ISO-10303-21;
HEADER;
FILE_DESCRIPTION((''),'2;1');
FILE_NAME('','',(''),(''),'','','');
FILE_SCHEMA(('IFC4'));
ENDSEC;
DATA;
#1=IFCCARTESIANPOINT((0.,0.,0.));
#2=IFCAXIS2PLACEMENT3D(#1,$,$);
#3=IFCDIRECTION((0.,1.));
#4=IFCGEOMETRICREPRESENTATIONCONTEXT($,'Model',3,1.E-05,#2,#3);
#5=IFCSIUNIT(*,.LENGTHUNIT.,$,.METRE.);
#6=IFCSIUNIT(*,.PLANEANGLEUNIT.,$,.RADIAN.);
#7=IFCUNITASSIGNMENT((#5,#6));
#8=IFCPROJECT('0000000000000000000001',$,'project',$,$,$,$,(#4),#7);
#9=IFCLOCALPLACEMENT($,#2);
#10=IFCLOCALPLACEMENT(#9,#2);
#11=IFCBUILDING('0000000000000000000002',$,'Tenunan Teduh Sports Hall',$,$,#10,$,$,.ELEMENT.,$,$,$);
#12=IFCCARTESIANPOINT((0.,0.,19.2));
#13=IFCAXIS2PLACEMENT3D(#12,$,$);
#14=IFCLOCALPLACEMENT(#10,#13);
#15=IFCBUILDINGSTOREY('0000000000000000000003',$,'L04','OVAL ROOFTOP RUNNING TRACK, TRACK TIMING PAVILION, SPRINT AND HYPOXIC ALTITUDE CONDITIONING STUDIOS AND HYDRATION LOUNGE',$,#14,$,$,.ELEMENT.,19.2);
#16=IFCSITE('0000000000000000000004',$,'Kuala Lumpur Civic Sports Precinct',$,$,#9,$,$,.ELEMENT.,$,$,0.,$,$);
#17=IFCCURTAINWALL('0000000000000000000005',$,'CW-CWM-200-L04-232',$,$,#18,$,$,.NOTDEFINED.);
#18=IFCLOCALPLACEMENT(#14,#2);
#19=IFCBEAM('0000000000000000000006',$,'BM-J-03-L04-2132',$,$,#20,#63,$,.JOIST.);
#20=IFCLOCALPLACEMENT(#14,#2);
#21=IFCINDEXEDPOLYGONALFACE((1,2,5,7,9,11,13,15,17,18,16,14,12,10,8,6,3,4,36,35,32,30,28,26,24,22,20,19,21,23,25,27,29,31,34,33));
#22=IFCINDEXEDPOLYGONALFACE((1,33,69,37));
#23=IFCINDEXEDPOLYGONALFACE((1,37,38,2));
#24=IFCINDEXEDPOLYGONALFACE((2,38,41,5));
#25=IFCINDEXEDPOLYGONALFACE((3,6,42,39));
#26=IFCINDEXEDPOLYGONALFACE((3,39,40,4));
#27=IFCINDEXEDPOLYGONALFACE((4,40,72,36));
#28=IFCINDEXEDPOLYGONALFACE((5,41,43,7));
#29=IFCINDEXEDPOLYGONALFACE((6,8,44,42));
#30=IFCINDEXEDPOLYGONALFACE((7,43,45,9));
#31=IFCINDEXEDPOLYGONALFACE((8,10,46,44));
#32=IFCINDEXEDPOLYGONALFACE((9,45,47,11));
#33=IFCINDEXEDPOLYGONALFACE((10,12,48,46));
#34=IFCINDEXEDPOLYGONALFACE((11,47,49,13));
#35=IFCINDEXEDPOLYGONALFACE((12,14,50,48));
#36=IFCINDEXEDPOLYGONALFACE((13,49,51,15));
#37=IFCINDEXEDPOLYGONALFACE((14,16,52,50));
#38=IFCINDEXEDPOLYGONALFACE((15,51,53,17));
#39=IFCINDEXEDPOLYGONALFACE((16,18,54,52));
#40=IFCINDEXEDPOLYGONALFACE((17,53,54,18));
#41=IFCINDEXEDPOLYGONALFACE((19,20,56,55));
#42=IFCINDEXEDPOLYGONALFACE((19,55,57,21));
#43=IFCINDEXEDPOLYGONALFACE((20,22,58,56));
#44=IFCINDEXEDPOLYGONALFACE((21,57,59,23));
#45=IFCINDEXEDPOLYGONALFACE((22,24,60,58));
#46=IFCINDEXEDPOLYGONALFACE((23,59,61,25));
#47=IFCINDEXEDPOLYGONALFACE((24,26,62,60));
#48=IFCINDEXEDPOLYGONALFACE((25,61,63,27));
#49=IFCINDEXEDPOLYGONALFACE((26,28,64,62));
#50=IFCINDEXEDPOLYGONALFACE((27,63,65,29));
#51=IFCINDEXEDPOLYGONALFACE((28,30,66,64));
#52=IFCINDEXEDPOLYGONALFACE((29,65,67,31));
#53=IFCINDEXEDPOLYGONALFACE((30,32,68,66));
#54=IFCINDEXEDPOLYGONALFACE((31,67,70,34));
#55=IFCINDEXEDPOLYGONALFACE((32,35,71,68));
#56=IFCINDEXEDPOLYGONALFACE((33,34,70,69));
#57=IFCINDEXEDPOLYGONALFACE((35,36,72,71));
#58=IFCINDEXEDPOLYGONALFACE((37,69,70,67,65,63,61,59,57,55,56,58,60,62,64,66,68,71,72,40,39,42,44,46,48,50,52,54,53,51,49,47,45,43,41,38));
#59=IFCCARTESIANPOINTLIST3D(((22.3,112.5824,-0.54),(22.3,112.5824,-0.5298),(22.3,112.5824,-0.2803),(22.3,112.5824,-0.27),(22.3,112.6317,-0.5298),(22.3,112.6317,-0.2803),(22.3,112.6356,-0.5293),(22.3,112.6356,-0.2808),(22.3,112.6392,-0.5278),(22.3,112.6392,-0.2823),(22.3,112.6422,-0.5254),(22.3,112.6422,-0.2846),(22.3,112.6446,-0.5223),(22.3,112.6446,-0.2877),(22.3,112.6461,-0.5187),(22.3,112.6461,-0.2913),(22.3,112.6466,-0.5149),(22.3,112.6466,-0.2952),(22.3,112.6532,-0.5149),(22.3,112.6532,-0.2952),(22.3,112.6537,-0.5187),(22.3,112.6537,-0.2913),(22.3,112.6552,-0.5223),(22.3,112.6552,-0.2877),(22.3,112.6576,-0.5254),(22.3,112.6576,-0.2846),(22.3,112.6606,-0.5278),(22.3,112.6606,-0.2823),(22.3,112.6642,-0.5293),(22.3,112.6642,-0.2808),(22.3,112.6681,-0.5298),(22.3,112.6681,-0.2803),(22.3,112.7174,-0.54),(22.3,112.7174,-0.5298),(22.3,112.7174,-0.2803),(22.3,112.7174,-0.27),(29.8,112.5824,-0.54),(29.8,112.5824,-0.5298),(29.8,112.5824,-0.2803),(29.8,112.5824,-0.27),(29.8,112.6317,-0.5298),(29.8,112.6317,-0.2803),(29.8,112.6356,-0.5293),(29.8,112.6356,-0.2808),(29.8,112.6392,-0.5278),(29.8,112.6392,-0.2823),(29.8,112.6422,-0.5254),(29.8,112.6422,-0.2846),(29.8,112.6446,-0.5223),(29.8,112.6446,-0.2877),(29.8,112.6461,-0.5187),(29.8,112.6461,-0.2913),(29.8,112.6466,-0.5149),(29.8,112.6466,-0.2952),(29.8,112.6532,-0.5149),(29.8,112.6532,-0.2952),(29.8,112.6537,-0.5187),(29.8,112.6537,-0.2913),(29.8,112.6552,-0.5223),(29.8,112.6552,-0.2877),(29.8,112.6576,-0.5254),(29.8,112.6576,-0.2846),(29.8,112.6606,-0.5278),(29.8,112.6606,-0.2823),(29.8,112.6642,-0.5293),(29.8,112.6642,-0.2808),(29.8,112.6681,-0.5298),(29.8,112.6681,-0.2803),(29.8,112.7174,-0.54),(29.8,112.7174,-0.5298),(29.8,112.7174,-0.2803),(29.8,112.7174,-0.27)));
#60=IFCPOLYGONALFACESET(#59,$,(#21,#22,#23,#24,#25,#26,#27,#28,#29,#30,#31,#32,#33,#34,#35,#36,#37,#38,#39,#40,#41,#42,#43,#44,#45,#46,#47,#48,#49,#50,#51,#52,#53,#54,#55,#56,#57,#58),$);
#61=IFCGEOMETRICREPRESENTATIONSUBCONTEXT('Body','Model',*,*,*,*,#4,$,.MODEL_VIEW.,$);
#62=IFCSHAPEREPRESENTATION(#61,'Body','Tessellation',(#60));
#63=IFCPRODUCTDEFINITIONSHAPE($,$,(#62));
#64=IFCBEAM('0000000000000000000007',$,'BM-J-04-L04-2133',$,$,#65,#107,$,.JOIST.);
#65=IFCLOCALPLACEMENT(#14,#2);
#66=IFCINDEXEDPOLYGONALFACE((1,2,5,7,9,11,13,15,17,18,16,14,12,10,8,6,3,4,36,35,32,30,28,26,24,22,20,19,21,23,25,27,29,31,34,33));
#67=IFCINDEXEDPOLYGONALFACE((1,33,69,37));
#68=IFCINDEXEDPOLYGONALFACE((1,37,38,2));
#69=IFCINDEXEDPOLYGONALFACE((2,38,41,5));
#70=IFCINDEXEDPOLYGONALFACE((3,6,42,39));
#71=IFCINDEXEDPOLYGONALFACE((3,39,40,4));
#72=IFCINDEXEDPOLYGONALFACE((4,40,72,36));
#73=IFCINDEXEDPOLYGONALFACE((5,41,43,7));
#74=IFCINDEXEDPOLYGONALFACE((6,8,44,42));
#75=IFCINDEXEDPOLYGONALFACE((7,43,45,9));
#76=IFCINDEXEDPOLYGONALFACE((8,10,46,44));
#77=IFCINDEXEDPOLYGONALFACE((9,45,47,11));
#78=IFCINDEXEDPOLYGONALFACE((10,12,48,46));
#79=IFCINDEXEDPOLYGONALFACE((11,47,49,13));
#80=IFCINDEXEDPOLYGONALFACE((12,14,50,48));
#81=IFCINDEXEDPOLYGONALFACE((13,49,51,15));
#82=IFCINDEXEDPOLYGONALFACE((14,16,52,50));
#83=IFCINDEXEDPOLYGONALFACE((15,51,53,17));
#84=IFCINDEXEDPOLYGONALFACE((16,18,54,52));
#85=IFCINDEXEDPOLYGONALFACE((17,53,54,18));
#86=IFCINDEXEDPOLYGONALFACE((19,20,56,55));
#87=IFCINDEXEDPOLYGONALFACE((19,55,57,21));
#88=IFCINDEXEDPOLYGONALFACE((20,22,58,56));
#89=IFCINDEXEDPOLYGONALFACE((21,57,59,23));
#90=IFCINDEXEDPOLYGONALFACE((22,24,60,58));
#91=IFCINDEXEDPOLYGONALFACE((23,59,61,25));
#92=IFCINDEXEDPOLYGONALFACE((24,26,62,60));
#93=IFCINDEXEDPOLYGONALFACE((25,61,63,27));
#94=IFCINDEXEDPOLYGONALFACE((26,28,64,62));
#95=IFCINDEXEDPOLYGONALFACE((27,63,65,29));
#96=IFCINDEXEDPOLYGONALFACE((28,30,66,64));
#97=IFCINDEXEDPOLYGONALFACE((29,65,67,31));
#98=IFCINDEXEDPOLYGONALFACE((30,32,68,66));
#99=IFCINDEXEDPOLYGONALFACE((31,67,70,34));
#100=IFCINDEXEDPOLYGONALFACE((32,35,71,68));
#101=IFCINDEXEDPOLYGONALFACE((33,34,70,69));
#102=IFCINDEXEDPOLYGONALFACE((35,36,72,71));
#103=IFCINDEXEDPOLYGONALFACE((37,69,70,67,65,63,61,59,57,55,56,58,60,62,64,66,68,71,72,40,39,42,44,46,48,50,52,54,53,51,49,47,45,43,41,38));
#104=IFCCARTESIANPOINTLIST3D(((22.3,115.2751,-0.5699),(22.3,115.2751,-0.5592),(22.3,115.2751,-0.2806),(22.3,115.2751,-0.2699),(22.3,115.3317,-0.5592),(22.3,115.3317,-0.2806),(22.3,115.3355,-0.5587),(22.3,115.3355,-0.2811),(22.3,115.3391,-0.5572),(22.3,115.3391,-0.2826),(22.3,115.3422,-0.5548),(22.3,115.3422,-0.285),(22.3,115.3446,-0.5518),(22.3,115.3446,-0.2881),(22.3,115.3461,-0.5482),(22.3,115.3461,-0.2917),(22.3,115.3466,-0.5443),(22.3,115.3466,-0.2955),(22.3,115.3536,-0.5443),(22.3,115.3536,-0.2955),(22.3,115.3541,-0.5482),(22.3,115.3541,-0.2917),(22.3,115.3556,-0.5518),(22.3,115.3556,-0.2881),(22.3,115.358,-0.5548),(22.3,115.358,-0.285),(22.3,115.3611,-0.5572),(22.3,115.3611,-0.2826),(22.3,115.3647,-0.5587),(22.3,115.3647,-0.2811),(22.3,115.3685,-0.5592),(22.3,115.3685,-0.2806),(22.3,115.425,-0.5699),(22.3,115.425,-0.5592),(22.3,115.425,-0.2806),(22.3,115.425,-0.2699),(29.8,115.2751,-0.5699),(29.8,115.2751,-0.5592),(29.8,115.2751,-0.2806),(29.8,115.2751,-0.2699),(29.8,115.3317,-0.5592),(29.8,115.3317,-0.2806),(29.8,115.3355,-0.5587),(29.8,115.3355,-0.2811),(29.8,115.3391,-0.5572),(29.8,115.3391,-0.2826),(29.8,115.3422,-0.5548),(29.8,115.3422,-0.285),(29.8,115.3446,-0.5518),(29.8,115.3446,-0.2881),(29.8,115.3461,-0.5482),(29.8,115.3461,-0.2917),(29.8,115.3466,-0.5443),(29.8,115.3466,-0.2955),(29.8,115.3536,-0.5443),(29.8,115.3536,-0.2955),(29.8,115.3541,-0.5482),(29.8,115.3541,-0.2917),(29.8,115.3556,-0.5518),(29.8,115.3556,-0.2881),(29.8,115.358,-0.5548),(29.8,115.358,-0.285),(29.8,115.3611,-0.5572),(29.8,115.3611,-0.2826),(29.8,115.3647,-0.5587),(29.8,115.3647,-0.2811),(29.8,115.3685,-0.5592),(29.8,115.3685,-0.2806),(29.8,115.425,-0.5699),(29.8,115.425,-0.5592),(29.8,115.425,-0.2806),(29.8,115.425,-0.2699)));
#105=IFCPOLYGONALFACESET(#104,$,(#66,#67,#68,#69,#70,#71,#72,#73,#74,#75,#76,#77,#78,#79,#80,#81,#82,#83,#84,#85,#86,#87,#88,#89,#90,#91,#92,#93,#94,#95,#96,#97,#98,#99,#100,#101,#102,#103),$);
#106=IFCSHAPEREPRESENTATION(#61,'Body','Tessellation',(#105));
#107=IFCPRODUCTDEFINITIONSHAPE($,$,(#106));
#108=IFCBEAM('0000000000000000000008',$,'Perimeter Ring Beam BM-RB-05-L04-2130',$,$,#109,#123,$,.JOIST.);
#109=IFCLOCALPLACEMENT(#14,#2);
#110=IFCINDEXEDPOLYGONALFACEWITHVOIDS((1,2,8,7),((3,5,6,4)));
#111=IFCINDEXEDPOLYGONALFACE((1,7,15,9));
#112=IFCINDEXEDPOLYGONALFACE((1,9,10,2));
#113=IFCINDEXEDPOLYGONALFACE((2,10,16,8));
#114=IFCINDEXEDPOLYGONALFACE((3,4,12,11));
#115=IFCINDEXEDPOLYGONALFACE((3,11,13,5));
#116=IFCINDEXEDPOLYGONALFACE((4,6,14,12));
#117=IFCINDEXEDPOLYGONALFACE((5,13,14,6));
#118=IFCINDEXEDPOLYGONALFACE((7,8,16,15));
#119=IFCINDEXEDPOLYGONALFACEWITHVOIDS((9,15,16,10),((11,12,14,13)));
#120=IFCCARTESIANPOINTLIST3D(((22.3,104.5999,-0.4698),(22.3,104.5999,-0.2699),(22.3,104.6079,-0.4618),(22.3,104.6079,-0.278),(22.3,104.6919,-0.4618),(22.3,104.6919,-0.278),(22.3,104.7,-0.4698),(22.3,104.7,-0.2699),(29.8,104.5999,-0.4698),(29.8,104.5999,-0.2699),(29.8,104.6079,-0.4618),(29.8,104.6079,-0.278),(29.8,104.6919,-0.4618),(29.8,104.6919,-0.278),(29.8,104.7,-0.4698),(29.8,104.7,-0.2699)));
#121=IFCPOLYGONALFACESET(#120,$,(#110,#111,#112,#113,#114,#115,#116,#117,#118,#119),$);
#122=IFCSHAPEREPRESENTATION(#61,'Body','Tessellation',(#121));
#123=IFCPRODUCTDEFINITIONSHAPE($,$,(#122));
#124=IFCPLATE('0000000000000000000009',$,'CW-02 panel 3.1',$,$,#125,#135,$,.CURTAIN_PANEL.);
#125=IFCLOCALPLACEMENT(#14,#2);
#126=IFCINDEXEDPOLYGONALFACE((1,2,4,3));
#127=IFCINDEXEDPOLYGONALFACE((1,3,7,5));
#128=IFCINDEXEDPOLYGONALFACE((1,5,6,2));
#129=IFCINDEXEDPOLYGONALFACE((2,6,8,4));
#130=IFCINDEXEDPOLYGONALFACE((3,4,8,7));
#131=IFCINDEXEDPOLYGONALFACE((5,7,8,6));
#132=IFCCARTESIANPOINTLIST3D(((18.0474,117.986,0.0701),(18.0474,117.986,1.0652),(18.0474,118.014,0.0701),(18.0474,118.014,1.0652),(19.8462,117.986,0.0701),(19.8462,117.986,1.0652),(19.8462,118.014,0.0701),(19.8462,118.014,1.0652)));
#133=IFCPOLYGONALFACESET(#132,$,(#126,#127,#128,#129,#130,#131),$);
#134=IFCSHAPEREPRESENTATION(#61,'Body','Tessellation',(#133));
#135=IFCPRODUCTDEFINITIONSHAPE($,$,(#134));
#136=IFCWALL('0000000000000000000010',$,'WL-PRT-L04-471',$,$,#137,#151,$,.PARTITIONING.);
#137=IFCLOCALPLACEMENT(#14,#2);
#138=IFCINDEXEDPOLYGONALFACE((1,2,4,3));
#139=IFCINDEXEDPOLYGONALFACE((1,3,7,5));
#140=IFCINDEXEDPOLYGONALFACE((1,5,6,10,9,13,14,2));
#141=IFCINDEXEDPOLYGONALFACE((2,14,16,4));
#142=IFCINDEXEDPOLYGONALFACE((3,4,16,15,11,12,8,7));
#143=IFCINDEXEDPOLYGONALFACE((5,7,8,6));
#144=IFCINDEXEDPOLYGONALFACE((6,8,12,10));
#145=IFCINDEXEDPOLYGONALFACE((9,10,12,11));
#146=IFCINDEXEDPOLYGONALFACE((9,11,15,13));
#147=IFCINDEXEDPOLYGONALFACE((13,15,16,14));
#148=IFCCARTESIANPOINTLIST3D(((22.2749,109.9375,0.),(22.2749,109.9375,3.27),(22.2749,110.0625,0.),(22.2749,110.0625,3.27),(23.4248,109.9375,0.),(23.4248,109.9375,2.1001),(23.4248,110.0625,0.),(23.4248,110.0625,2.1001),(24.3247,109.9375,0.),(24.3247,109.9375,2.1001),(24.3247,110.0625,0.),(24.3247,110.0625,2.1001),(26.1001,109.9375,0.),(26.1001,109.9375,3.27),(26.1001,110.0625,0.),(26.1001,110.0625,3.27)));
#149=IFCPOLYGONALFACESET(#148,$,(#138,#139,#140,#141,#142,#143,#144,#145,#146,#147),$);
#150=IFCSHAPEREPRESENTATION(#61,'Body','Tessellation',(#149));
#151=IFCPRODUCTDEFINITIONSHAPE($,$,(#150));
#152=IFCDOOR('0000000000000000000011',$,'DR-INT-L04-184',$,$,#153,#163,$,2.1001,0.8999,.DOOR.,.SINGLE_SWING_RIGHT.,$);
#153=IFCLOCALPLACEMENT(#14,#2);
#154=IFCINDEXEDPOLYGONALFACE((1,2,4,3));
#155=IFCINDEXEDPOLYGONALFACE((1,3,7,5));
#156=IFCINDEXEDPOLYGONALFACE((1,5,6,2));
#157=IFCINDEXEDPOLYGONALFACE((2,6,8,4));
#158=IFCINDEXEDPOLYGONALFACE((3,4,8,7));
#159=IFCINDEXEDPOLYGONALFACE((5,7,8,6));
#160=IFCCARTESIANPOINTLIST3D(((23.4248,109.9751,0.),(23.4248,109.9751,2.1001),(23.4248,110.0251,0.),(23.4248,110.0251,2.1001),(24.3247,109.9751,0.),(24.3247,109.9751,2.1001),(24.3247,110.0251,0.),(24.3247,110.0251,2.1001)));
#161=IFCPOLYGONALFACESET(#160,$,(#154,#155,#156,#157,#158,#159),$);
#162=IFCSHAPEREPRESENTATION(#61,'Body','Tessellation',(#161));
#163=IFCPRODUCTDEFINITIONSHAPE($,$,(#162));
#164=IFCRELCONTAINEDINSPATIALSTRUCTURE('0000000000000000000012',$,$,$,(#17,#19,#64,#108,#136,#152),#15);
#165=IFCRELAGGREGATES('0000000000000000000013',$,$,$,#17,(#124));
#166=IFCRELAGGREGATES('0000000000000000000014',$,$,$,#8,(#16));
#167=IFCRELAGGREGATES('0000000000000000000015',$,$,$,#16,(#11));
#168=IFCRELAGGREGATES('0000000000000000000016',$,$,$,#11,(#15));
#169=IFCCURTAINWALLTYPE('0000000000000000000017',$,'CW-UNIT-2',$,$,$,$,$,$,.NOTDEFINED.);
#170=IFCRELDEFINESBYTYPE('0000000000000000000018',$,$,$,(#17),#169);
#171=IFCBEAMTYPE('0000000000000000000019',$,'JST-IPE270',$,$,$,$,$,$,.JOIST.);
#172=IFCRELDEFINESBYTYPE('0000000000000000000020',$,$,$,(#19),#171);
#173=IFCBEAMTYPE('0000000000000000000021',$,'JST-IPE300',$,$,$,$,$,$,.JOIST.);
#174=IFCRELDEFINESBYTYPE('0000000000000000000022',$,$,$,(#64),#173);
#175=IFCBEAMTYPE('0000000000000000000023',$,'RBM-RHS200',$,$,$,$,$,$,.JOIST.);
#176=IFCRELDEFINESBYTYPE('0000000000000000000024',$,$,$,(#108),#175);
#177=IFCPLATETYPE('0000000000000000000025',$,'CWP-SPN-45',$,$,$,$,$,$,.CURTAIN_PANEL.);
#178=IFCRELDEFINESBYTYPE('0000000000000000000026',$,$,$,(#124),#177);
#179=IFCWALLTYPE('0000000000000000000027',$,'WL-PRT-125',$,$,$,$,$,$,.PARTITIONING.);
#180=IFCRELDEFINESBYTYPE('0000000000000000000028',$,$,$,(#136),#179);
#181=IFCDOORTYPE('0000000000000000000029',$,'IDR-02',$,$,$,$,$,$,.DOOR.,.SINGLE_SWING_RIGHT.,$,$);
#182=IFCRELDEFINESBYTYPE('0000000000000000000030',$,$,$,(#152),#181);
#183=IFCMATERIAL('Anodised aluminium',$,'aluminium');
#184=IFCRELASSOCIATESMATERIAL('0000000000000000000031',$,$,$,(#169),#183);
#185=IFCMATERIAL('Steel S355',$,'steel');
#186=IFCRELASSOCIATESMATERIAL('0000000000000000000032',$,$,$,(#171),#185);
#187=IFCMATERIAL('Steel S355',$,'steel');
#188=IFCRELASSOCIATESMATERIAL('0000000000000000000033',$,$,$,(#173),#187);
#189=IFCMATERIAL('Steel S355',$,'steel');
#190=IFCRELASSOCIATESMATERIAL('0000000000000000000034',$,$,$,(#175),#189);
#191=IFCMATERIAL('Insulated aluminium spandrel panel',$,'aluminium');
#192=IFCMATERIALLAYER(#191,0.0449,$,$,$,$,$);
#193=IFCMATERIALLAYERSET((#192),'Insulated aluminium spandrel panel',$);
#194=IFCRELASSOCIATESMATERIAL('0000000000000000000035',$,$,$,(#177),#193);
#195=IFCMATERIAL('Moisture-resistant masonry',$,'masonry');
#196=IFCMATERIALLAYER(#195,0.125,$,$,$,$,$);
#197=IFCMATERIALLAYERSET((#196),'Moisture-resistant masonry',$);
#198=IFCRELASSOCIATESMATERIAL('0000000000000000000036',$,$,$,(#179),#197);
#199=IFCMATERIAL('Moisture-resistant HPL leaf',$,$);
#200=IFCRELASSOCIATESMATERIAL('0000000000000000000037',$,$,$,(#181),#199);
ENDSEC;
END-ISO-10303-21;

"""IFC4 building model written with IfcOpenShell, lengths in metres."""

from ifc_helpers import new_model, si_unit, direction, frame, frame_2d, origin, origin_2d, place, context, subcontext, project, spatial, rectangle, hollow_rectangle, i_section, extrude, material, layer, layer_set, material_profile, profile_set, type_object, element, fill, aggregate, save


model = new_model("IFC4")

# Units and contexts
model_context = context("Model", 3, precision=1e-05, world=origin(), true_north=direction((0.0, 1.0)))
body_context = subcontext(model_context, "Body", "Model", "MODEL_VIEW")
ifc_project = project(units=[si_unit("LENGTHUNIT", "METRE"), si_unit("PLANEANGLEUNIT", "RADIAN")], contexts=[model_context])

# Site, building, storey
site_placement = place(None, origin())
site = spatial("IfcSite", under=ifc_project, at=site_placement, Name="Kuala Lumpur Civic Sports Precinct", CompositionType="ELEMENT", RefElevation=0.0)
building_placement = place(site_placement, origin())
building = spatial("IfcBuilding", under=site, at=building_placement, Name="Tenunan Teduh Sports Hall", CompositionType="ELEMENT")
storey_placement = place(building_placement, frame((0.0, 0.0, 19.2)))
storey = spatial("IfcBuildingStorey", under=building, at=storey_placement, Name="L04", Description="OVAL ROOFTOP RUNNING TRACK, TRACK TIMING PAVILION, SPRINT AND HYPOXIC ALTITUDE CONDITIONING STUDIOS AND HYDRATION LOUNGE", CompositionType="ELEMENT", Elevation=19.2)

# Curtain wall
ifc_material_1 = material(Name="Anodised aluminium", Category="aluminium")
curtain_wall_type = type_object("IfcCurtainWallType", Name="CW-UNIT-2", PredefinedType="NOTDEFINED", material=ifc_material_1)
curtain_wall_placement = place(storey_placement, origin())
curtain_wall = element("IfcCurtainWall", 1, at=curtain_wall_placement, inside=storey, type_object=curtain_wall_type, Name="CW-CWM-200-L04-232", PredefinedType="NOTDEFINED")

# Beams
ifc_material_2 = material(Name="Steel S355", Category="steel")
ifc_material_profile_1 = material_profile(ifc_material_2, i_section(OverallWidth=0.135, OverallDepth=0.27, WebThickness=0.0066, FlangeThickness=0.0103, FilletRadius=0.0149, at=origin_2d()), Name="IPE 270")
ifc_profile_set_1 = profile_set([ifc_material_profile_1], Name="Steel S355")
beam_type_1 = type_object("IfcBeamType", Name="JST-IPE270", PredefinedType="JOIST", material=ifc_profile_set_1)
beam_1_placement = place(storey_placement, frame((22.3, 112.6499, -0.405), z_axis=(1.0, 0.0, 0.0), x_axis=(0.0, 1.0, 0.0)))
element("IfcBeam", 2, at=beam_1_placement, inside=storey, type_object=beam_type_1, Name="BM-J-03-L04-2132", PredefinedType="JOIST", context=body_context, shape_type="SweptSolid", body=[
    extrude(i_section(OverallWidth=0.135, OverallDepth=0.27, WebThickness=0.0066, FlangeThickness=0.0103, FilletRadius=0.0149, at=origin_2d()), origin(), (0.0, 0.0, 1.0), 7.5),
])
ifc_material_3 = material(Name="Steel S355", Category="steel")
ifc_material_profile_2 = material_profile(ifc_material_3, i_section(OverallWidth=0.1499, OverallDepth=0.3, WebThickness=0.0071, FlangeThickness=0.0107, FilletRadius=0.0149, at=origin_2d()), Name="IPE 300")
ifc_profile_set_2 = profile_set([ifc_material_profile_2], Name="Steel S355")
beam_type_2 = type_object("IfcBeamType", Name="JST-IPE300", PredefinedType="JOIST", material=ifc_profile_set_2)
beam_2_placement = place(storey_placement, frame((22.3, 115.3501, -0.4199), z_axis=(1.0, 0.0, 0.0), x_axis=(0.0, 1.0, 0.0)))
element("IfcBeam", 3, at=beam_2_placement, inside=storey, type_object=beam_type_2, Name="BM-J-04-L04-2133", PredefinedType="JOIST", context=body_context, shape_type="SweptSolid", body=[
    extrude(i_section(OverallWidth=0.1499, OverallDepth=0.3, WebThickness=0.0071, FlangeThickness=0.0107, FilletRadius=0.0149, at=origin_2d()), origin(), (0.0, 0.0, 1.0), 7.5),
])
ifc_material_4 = material(Name="Steel S355", Category="steel")
ifc_material_profile_3 = material_profile(ifc_material_4, hollow_rectangle(XDim=0.1001, YDim=0.2, WallThickness=0.0081, at=origin_2d()), Name="RHS 200x100x8.0")
ifc_profile_set_3 = profile_set([ifc_material_profile_3], Name="Steel S355")
beam_type_3 = type_object("IfcBeamType", Name="RBM-RHS200", PredefinedType="JOIST", material=ifc_profile_set_3)
beam_3_placement = place(storey_placement, frame((22.3, 104.6499, -0.3699), z_axis=(1.0, 0.0, 0.0), x_axis=(0.0, 1.0, 0.0)))
element("IfcBeam", 4, at=beam_3_placement, inside=storey, type_object=beam_type_3, Name="Perimeter Ring Beam BM-RB-05-L04-2130", PredefinedType="JOIST", context=body_context, shape_type="SweptSolid", body=[
    extrude(hollow_rectangle(XDim=0.1001, YDim=0.2, WallThickness=0.0081, at=origin_2d()), origin(), (0.0, 0.0, 1.0), 7.5),
])

# Plate
ifc_material_5 = material(Name="Insulated aluminium spandrel panel", Category="aluminium")
ifc_layer_1 = layer(ifc_material_5, 0.0449)
ifc_layer_set_1 = layer_set([ifc_layer_1], Name="Insulated aluminium spandrel panel")
plate_type = type_object("IfcPlateType", Name="CWP-SPN-45", PredefinedType="CURTAIN_PANEL", material=ifc_layer_set_1)
plate_placement = place(storey_placement, frame((18.9468, 118.0, 0.0701), z_axis=(0.0, 0.0, 1.0), x_axis=(1.0, 0.0, 0.0)))
plate = element("IfcPlate", 5, at=plate_placement, type_object=plate_type, Name="CW-02 panel 3.1", PredefinedType="CURTAIN_PANEL", context=body_context, shape_type="SweptSolid", body=[
    extrude(rectangle(XDim=1.7988, YDim=0.0281, at=origin_2d()), origin(), (0.0, 0.0, 1.0), 0.9951),
])
aggregate(curtain_wall, [plate])

# Wall, opening, door
ifc_material_6 = material(Name="Moisture-resistant masonry", Category="masonry")
ifc_layer_2 = layer(ifc_material_6, 0.125)
ifc_layer_set_2 = layer_set([ifc_layer_2], Name="Moisture-resistant masonry")
wall_type_1 = type_object("IfcWallType", Name="WL-PRT-125", PredefinedType="PARTITIONING", material=ifc_layer_set_2)
wall_1_placement = place(storey_placement, frame((22.2749, 110.0, 0.0), z_axis=(0.0, 0.0, 1.0), x_axis=(1.0, 0.0, 0.0)))
wall_1 = element("IfcWall", 6, at=wall_1_placement, inside=storey, type_object=wall_type_1, Name="WL-PRT-L04-471", PredefinedType="PARTITIONING", context=body_context, shape_type="SweptSolid", body=[
    extrude(rectangle(XDim=3.8252, YDim=0.125, at=frame_2d((1.9126, 0.0))), origin(), (0.0, 0.0, 1.0), 3.27),
])
opening_1_placement = place(wall_1_placement, frame((1.1499, 0.0, 0.0)))
opening_1 = element("IfcOpeningElement", 7, at=opening_1_placement, cuts=wall_1, PredefinedType="OPENING", context=body_context, shape_type="SweptSolid", body=[
    extrude(rectangle(XDim=0.8999, YDim=2.1001, at=frame_2d((0.45, 1.05))), frame((0.0, 0.0725, 0.0), z_axis=(0.0, -1.0, 0.0), x_axis=(1.0, 0.0, 0.0)), (0.0, 0.0, 1.0), 0.145),
])
ifc_material_7 = material(Name="Moisture-resistant HPL leaf")
door_type = type_object("IfcDoorType", Name="IDR-02", OperationType="SINGLE_SWING_RIGHT", PredefinedType="DOOR", material=ifc_material_7)
door_1_placement = place(opening_1_placement, frame((0.8999, 0.0, 0.0), z_axis=(0.0, 0.0, 1.0), x_axis=(-1.0, 0.0, 0.0)))
door_1 = element("IfcDoor", 8, at=door_1_placement, inside=storey, type_object=door_type, Name="DR-INT-L04-184", OperationType="SINGLE_SWING_RIGHT", OverallHeight=2.1001, OverallWidth=0.8999, PredefinedType="DOOR", context=body_context, shape_type="SweptSolid", body=[
    extrude(rectangle(XDim=0.8999, YDim=2.1001, at=frame_2d((0.45, 1.05))), frame((0.0, 0.0249, 0.0), z_axis=(0.0, -1.0, 0.0), x_axis=(1.0, 0.0, 0.0)), (0.0, 0.0, 1.0), 0.05),
])
fill(opening_1, door_1)

save(model, "model.ifc")
